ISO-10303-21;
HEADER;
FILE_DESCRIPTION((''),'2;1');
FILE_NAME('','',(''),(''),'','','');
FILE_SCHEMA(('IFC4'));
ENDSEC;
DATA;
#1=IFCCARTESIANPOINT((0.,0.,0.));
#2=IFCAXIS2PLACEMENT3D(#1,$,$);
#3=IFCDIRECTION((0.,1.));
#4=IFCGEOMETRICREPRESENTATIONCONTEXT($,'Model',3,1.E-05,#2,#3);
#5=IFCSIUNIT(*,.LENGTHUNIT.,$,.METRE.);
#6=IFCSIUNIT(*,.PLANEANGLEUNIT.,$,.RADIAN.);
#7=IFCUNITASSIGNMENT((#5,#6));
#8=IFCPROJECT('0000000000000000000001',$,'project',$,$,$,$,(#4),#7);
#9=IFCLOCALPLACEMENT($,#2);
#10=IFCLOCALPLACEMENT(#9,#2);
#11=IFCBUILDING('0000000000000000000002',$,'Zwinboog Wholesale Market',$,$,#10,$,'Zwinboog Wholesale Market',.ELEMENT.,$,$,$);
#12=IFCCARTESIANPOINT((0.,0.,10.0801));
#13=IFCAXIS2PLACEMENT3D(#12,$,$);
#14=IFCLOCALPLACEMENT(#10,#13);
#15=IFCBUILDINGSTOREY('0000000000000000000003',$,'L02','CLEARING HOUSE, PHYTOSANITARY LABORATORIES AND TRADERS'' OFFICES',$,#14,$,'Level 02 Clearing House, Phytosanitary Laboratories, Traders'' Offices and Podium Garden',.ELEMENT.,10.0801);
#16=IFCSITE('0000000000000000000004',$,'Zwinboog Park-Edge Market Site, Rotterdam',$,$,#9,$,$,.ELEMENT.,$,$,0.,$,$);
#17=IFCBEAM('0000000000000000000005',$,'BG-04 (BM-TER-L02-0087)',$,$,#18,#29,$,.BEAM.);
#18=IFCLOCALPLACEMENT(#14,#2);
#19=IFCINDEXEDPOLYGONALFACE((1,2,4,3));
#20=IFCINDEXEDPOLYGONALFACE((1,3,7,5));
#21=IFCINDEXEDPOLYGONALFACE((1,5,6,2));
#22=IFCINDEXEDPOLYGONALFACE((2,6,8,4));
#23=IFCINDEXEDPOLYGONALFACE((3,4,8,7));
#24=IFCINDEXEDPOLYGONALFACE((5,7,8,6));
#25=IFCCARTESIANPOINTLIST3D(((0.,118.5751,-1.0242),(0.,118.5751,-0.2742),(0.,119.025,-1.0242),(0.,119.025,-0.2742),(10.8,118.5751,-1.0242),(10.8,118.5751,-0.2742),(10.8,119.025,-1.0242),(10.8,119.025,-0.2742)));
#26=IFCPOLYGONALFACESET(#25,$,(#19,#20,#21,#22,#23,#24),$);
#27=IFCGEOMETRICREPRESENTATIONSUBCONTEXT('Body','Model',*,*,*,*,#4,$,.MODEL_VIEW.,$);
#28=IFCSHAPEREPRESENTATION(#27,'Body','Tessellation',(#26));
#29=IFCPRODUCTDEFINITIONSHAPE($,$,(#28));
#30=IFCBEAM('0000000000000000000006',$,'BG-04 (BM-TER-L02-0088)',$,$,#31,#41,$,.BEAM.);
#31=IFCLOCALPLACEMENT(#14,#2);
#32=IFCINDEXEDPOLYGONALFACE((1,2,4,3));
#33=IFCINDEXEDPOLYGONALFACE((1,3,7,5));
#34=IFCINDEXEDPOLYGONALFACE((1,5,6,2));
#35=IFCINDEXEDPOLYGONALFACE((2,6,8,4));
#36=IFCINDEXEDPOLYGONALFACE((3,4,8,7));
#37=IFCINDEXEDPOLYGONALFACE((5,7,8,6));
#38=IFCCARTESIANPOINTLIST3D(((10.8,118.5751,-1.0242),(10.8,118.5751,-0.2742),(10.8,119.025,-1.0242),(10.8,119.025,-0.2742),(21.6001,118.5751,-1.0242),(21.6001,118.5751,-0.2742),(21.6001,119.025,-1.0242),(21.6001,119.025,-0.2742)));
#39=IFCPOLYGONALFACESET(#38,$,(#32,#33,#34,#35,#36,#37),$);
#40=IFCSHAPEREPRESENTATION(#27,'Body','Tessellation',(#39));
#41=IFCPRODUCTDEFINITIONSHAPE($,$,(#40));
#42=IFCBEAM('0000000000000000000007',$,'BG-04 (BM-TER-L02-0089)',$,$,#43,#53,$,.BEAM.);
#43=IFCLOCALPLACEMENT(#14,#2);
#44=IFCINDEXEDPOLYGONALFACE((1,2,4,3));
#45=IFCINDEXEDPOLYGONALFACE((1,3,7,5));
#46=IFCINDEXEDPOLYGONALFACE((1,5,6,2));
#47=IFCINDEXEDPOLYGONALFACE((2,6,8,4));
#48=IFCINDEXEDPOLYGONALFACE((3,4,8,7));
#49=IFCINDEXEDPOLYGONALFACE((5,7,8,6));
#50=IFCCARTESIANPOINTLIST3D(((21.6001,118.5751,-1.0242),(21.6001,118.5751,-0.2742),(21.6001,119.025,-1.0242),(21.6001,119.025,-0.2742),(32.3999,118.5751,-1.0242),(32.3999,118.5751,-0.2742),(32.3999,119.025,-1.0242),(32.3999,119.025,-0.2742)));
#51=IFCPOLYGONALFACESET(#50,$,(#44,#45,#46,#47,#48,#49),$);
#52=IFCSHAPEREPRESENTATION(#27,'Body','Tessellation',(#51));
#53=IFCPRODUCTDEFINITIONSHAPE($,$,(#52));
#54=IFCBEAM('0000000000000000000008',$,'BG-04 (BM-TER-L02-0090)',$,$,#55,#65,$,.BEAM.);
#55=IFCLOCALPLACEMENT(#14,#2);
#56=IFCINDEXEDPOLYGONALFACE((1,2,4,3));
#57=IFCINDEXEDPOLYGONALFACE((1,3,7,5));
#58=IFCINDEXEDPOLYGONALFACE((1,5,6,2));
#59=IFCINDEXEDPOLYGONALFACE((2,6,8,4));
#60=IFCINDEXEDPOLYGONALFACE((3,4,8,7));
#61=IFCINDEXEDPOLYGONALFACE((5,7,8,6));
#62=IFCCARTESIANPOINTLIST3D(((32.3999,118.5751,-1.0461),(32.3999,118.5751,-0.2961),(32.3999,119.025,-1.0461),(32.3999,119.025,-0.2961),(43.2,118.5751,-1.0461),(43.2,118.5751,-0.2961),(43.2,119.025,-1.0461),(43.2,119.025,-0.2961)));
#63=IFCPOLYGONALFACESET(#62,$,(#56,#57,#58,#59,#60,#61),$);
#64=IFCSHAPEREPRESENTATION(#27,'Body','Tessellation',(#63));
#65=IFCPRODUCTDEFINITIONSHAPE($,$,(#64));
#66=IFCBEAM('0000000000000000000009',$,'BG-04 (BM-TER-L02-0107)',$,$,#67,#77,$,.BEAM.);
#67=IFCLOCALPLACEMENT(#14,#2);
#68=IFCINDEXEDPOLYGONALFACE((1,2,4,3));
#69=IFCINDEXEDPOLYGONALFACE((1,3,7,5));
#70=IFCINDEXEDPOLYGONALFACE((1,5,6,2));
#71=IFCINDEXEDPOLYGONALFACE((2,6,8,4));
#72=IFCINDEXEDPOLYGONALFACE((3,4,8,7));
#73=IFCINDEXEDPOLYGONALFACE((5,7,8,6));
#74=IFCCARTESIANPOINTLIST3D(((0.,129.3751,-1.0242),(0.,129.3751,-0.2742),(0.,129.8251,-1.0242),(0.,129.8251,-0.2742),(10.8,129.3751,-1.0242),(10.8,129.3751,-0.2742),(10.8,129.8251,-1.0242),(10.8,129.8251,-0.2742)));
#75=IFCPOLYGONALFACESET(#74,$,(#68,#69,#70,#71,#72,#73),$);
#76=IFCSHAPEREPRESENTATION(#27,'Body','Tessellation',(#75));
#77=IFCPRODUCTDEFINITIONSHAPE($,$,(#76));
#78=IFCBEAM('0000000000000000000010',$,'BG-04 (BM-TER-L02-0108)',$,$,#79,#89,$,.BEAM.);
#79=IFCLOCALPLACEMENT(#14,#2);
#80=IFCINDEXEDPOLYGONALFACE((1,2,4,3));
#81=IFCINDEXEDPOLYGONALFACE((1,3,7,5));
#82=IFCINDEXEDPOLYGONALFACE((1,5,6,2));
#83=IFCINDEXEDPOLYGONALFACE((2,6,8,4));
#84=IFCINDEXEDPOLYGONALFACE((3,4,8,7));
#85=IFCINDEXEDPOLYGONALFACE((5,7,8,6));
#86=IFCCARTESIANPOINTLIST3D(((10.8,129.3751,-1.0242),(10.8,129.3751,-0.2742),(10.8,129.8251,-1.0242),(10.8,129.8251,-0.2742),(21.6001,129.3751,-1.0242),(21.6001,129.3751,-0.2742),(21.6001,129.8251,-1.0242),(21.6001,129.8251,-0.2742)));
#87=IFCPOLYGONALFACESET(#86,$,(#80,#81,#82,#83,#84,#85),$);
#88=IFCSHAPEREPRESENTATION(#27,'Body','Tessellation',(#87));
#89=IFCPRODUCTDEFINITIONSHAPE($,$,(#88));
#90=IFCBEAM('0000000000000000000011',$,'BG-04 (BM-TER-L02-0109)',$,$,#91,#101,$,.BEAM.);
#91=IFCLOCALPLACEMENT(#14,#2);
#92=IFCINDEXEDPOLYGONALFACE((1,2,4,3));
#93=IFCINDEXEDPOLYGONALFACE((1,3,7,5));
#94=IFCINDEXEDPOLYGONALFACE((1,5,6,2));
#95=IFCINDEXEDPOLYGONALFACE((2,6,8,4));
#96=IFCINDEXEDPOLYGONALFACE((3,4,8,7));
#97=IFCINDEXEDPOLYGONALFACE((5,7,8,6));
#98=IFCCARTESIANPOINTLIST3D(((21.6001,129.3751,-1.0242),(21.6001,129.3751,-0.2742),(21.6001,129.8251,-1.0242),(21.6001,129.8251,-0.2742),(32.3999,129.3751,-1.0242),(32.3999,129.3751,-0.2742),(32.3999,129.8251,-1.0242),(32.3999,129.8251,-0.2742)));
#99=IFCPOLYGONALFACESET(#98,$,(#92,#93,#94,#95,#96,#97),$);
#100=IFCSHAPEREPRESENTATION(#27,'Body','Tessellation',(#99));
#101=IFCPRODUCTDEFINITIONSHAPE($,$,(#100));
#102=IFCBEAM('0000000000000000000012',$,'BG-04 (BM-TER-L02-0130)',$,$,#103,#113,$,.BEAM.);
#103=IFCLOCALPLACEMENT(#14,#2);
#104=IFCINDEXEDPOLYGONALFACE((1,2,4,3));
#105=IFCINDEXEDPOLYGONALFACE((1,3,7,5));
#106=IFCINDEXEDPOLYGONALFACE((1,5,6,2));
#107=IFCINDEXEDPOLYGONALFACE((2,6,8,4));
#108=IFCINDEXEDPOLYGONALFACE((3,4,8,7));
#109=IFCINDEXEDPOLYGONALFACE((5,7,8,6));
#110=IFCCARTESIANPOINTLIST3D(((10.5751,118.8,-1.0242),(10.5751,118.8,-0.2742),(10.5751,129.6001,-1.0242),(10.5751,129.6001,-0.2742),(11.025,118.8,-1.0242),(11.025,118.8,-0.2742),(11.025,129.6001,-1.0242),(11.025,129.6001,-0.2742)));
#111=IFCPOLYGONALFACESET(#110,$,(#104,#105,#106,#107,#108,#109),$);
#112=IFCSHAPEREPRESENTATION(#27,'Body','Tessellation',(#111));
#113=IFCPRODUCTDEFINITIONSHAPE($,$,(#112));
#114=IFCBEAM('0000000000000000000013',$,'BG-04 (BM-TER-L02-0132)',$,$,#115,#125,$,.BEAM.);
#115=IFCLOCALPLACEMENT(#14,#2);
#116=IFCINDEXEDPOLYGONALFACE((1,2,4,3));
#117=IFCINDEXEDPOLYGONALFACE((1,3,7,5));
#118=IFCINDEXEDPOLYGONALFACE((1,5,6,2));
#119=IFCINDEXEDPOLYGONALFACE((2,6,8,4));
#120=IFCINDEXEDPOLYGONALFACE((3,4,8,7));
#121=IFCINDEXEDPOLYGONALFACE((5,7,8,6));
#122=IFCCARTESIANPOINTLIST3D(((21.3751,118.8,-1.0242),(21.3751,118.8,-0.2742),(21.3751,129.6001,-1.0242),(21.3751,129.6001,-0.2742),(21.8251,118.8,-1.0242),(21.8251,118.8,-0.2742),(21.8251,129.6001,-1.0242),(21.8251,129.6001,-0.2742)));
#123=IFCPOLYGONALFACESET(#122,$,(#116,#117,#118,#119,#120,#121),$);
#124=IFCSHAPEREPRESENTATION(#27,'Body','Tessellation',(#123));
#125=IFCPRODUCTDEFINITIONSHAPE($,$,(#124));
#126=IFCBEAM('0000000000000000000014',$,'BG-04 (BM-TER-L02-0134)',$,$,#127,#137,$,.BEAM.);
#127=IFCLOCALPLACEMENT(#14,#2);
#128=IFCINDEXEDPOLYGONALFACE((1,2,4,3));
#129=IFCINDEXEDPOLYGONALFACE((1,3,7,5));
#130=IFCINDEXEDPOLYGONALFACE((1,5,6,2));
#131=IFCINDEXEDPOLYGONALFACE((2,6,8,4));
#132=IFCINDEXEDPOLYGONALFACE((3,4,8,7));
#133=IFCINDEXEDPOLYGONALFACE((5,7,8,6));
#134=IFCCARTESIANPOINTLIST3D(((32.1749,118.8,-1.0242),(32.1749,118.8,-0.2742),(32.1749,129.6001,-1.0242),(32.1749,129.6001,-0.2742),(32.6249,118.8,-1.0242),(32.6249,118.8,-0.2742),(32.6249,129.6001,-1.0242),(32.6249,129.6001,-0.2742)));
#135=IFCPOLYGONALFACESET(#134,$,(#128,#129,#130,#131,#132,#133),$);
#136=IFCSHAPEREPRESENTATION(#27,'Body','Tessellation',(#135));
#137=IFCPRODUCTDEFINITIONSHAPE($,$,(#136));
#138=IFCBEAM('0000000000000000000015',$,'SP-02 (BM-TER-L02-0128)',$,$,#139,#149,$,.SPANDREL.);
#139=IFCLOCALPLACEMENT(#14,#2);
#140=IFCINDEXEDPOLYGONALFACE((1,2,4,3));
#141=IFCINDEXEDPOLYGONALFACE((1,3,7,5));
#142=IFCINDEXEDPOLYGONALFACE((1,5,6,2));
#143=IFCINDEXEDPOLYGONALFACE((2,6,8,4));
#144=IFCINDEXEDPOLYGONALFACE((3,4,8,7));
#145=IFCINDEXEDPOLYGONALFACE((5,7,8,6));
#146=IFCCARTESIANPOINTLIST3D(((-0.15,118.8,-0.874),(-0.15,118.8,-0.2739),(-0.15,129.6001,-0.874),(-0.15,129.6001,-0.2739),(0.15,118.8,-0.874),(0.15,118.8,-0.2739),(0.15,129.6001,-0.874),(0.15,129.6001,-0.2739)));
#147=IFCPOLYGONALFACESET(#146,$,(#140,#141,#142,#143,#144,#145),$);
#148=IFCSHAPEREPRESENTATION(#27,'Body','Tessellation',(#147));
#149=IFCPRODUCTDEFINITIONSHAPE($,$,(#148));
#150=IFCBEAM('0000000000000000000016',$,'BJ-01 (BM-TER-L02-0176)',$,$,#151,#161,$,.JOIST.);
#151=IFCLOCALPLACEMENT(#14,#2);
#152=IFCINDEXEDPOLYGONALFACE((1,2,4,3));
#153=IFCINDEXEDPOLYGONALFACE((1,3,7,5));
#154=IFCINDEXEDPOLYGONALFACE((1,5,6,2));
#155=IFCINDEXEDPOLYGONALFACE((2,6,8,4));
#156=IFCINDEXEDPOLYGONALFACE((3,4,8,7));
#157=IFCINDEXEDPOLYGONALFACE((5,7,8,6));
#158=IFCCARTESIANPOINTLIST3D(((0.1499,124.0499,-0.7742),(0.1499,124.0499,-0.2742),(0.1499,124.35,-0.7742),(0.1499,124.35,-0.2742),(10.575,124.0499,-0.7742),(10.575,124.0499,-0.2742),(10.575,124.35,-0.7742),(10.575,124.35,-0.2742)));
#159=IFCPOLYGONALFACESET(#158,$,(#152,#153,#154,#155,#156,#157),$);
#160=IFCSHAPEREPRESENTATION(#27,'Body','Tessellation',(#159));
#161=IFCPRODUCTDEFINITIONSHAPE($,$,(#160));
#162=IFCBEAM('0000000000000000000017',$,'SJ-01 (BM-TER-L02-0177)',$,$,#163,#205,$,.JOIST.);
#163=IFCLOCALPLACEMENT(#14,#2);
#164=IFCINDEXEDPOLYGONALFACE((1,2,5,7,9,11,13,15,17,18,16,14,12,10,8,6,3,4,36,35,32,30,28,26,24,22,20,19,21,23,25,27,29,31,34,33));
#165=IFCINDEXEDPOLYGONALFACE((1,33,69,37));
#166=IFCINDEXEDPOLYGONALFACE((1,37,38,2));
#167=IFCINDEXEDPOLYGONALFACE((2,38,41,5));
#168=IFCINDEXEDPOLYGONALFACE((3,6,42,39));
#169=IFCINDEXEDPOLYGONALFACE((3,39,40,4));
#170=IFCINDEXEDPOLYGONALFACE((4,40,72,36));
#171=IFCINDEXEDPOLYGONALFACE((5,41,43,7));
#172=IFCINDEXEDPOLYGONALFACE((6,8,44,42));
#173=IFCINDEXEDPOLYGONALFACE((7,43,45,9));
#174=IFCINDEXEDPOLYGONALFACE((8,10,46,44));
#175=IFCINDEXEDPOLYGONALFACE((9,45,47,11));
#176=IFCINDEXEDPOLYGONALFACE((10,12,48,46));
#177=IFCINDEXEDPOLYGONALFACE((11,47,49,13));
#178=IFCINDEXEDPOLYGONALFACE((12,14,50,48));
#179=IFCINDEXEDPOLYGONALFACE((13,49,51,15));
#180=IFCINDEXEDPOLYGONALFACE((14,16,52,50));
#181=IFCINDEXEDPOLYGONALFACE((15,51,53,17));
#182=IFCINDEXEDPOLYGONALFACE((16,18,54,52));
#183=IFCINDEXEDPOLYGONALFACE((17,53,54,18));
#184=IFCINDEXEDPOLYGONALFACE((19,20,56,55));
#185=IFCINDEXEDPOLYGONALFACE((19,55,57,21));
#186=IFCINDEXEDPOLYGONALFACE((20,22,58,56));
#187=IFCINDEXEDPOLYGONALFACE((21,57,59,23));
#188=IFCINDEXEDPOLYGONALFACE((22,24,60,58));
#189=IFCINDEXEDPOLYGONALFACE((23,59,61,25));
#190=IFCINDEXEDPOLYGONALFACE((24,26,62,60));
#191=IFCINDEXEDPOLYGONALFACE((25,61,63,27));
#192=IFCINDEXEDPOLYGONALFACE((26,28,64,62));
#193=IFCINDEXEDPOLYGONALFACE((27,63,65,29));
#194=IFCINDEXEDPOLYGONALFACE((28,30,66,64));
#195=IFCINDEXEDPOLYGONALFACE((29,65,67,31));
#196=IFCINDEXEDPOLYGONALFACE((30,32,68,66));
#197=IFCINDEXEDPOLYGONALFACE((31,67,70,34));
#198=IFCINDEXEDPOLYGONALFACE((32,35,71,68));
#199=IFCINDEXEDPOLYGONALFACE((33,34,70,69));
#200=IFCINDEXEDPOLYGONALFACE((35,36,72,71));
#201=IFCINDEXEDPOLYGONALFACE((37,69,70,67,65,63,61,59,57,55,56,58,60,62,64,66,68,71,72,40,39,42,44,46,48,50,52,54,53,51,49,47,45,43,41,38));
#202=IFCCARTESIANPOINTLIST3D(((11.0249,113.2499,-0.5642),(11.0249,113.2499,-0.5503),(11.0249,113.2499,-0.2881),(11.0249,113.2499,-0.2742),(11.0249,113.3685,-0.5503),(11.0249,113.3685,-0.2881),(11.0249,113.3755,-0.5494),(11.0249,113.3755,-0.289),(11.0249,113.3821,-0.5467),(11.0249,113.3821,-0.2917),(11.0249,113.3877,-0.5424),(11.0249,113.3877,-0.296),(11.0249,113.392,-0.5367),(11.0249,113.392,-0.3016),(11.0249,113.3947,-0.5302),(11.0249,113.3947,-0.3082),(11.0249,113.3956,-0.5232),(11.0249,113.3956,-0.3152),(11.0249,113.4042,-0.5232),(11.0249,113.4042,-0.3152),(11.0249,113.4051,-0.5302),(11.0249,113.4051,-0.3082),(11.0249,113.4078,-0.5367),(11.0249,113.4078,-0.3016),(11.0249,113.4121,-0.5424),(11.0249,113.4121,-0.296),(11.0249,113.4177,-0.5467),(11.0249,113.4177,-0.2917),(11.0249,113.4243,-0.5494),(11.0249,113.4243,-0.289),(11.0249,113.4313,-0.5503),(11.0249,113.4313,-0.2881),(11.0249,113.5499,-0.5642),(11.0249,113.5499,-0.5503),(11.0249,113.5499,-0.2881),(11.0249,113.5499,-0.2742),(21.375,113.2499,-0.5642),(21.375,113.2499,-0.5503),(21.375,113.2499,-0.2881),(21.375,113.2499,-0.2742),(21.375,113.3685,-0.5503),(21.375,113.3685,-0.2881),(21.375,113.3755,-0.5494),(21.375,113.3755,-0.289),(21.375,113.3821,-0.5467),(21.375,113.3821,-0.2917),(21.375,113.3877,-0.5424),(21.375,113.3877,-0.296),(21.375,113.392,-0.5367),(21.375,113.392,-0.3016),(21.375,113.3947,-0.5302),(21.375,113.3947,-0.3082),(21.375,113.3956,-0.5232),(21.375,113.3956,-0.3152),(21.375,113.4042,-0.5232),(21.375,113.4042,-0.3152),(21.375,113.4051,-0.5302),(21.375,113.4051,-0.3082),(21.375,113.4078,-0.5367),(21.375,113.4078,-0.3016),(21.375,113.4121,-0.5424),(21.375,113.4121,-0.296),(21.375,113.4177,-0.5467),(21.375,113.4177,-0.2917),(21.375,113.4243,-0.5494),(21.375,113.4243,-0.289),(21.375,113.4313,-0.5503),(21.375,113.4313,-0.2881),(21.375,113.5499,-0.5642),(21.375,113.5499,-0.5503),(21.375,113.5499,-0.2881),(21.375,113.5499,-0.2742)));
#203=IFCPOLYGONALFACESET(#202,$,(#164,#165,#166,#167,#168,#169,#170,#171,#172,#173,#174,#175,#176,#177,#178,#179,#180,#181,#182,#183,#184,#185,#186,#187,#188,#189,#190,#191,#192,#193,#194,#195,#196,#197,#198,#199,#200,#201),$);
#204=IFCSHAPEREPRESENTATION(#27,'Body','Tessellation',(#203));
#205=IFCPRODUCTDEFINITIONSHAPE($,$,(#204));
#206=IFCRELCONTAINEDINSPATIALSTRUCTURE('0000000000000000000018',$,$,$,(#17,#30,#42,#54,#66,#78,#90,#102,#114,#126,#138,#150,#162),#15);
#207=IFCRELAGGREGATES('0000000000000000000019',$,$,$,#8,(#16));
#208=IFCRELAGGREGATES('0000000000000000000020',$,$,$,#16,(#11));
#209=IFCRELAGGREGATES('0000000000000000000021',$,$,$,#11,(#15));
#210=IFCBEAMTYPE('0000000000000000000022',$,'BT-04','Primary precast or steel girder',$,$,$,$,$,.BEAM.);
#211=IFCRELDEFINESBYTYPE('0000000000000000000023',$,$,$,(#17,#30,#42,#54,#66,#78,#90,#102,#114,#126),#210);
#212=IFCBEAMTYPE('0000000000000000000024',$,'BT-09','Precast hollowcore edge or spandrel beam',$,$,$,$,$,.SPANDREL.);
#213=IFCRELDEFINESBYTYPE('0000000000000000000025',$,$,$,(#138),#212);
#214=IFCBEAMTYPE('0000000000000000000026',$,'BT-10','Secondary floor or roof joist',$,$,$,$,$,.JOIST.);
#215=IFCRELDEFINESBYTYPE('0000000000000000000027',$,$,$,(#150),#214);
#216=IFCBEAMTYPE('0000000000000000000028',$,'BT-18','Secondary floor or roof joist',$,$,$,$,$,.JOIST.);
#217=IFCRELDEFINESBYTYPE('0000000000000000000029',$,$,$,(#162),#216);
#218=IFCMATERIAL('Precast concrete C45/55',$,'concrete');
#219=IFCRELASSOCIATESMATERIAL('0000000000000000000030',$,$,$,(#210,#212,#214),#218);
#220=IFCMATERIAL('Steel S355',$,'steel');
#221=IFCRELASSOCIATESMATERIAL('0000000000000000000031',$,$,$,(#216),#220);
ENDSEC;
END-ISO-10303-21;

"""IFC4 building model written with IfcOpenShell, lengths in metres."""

from ifc_helpers import new_model, si_unit, direction, frame, origin, origin_2d, place, context, subcontext, project, spatial, rectangle, i_section, extrude, material, material_profile, profile_set, type_object, element, save


model = new_model("IFC4")

# Units and contexts
model_context = context("Model", 3, precision=1e-05, world=origin(), true_north=direction((0.0, 1.0)))
body_context = subcontext(model_context, "Body", "Model", "MODEL_VIEW")
ifc_project = project(units=[si_unit("LENGTHUNIT", "METRE"), si_unit("PLANEANGLEUNIT", "RADIAN")], contexts=[model_context])

# Site, building, storey
site_placement = place(None, origin())
site = spatial("IfcSite", under=ifc_project, at=site_placement, Name="Zwinboog Park-Edge Market Site, Rotterdam", CompositionType="ELEMENT", RefElevation=0.0)
building_placement = place(site_placement, origin())
building = spatial("IfcBuilding", under=site, at=building_placement, Name="Zwinboog Wholesale Market", LongName="Zwinboog Wholesale Market", CompositionType="ELEMENT")
storey_placement = place(building_placement, frame((0.0, 0.0, 10.0801)))
storey = spatial("IfcBuildingStorey", under=building, at=storey_placement, Name="L02", Description="CLEARING HOUSE, PHYTOSANITARY LABORATORIES AND TRADERS' OFFICES", LongName="Level 02 Clearing House, Phytosanitary Laboratories, Traders' Offices and Podium Garden", CompositionType="ELEMENT", Elevation=10.0801)

# Beams
ifc_material_1 = material(Name="Precast concrete C45/55", Category="concrete")
ifc_material_profile_1 = material_profile(ifc_material_1, rectangle(XDim=0.45, YDim=0.75, at=origin_2d()), Name="PC 450x750")
ifc_profile_set_1 = profile_set([ifc_material_profile_1], Name="Precast concrete C45/55")
beam_type_1 = type_object("IfcBeamType", Name="BT-04", Description="Primary precast or steel girder", PredefinedType="BEAM", material=ifc_profile_set_1)
for number, where, z_axis, x_axis, name in (
    (1, (0.0, 118.8, -0.6492), (1.0, 0.0, 0.0), (0.0, 1.0, 0.0), "BG-04 (BM-TER-L02-0087)"),
    (2, (10.8, 118.8, -0.6492), (1.0, 0.0, 0.0), (0.0, 1.0, 0.0), "BG-04 (BM-TER-L02-0088)"),
):
    element("IfcBeam", number, at=place(storey_placement, frame(where, z_axis=z_axis, x_axis=x_axis)), inside=storey, type_object=beam_type_1, Name=name, PredefinedType="BEAM", context=body_context, shape_type="SweptSolid", body=[
        extrude(rectangle(XDim=0.45, YDim=0.75, at=origin_2d()), origin(), (0.0, 0.0, 1.0), 10.8),
    ])
beam_1_placement = place(storey_placement, frame((21.6001, 118.8, -0.6492), z_axis=(1.0, 0.0, 0.0), x_axis=(0.0, 1.0, 0.0)))
element("IfcBeam", 3, at=beam_1_placement, inside=storey, type_object=beam_type_1, Name="BG-04 (BM-TER-L02-0089)", PredefinedType="BEAM", context=body_context, shape_type="SweptSolid", body=[
    extrude(rectangle(XDim=0.45, YDim=0.75, at=origin_2d()), origin(), (0.0, 0.0, 1.0), 10.7998),
])
for number, where, z_axis, x_axis, name in (
    (4, (32.3999, 118.8, -0.6711), (1.0, 0.0, 0.0), (0.0, 1.0, 0.0), "BG-04 (BM-TER-L02-0090)"),
    (5, (0.0, 129.6001, -0.6492), (1.0, 0.0, 0.0), (0.0, 1.0, 0.0), "BG-04 (BM-TER-L02-0107)"),
    (6, (10.8, 129.6001, -0.6492), (1.0, 0.0, 0.0), (0.0, 1.0, 0.0), "BG-04 (BM-TER-L02-0108)"),
):
    element("IfcBeam", number, at=place(storey_placement, frame(where, z_axis=z_axis, x_axis=x_axis)), inside=storey, type_object=beam_type_1, Name=name, PredefinedType="BEAM", context=body_context, shape_type="SweptSolid", body=[
        extrude(rectangle(XDim=0.45, YDim=0.75, at=origin_2d()), origin(), (0.0, 0.0, 1.0), 10.8),
    ])
beam_2_placement = place(storey_placement, frame((21.6001, 129.6001, -0.6492), z_axis=(1.0, 0.0, 0.0), x_axis=(0.0, 1.0, 0.0)))
element("IfcBeam", 7, at=beam_2_placement, inside=storey, type_object=beam_type_1, Name="BG-04 (BM-TER-L02-0109)", PredefinedType="BEAM", context=body_context, shape_type="SweptSolid", body=[
    extrude(rectangle(XDim=0.45, YDim=0.75, at=origin_2d()), origin(), (0.0, 0.0, 1.0), 10.7998),
])
for number, where, z_axis, x_axis, name in (
    (8, (10.8, 118.8, -0.6492), (0.0, 1.0, 0.0), (-1.0, 0.0, 0.0), "BG-04 (BM-TER-L02-0130)"),
    (9, (21.6001, 118.8, -0.6492), (0.0, 1.0, 0.0), (-1.0, 0.0, 0.0), "BG-04 (BM-TER-L02-0132)"),
    (10, (32.3999, 118.8, -0.6492), (0.0, 1.0, 0.0), (-1.0, 0.0, 0.0), "BG-04 (BM-TER-L02-0134)"),
):
    element("IfcBeam", number, at=place(storey_placement, frame(where, z_axis=z_axis, x_axis=x_axis)), inside=storey, type_object=beam_type_1, Name=name, PredefinedType="BEAM", context=body_context, shape_type="SweptSolid", body=[
        extrude(rectangle(XDim=0.45, YDim=0.75, at=origin_2d()), origin(), (0.0, 0.0, 1.0), 10.8),
    ])
ifc_material_profile_2 = material_profile(ifc_material_1, rectangle(XDim=0.3, YDim=0.6001, at=origin_2d()), Name="PC 300x600")
ifc_profile_set_2 = profile_set([ifc_material_profile_2], Name="Precast concrete C45/55")
beam_type_2 = type_object("IfcBeamType", Name="BT-09", Description="Precast hollowcore edge or spandrel beam", PredefinedType="SPANDREL", material=ifc_profile_set_2)
beam_3_placement = place(storey_placement, frame((0.0, 118.8, -0.574), z_axis=(0.0, 1.0, 0.0), x_axis=(-1.0, 0.0, 0.0)))
element("IfcBeam", 11, at=beam_3_placement, inside=storey, type_object=beam_type_2, Name="SP-02 (BM-TER-L02-0128)", PredefinedType="SPANDREL", context=body_context, shape_type="SweptSolid", body=[
    extrude(rectangle(XDim=0.3, YDim=0.6001, at=origin_2d()), origin(), (0.0, 0.0, 1.0), 10.8),
])
ifc_material_profile_3 = material_profile(ifc_material_1, rectangle(XDim=0.3, YDim=0.5, at=origin_2d()), Name="PC 300x500")
ifc_profile_set_3 = profile_set([ifc_material_profile_3], Name="Precast concrete C45/55")
beam_type_3 = type_object("IfcBeamType", Name="BT-10", Description="Secondary floor or roof joist", PredefinedType="JOIST", material=ifc_profile_set_3)
beam_4_placement = place(storey_placement, frame((0.1499, 124.2, -0.5242), z_axis=(1.0, 0.0, 0.0), x_axis=(0.0, 1.0, 0.0)))
element("IfcBeam", 12, at=beam_4_placement, inside=storey, type_object=beam_type_3, Name="BJ-01 (BM-TER-L02-0176)", PredefinedType="JOIST", context=body_context, shape_type="SweptSolid", body=[
    extrude(rectangle(XDim=0.3, YDim=0.5, at=origin_2d()), origin(), (0.0, 0.0, 1.0), 10.425),
])
ifc_material_2 = material(Name="Steel S355", Category="steel")
ifc_material_profile_4 = material_profile(ifc_material_2, i_section(OverallWidth=0.3, OverallDepth=0.29, WebThickness=0.0085, FlangeThickness=0.0139, FilletRadius=0.0271, at=origin_2d()), Name="HEA 300")
ifc_profile_set_4 = profile_set([ifc_material_profile_4], Name="Steel S355")
beam_type_4 = type_object("IfcBeamType", Name="BT-18", Description="Secondary floor or roof joist", PredefinedType="JOIST", material=ifc_profile_set_4)
beam_5_placement = place(storey_placement, frame((11.0249, 113.3999, -0.4192), z_axis=(1.0, 0.0, 0.0), x_axis=(0.0, 1.0, 0.0)))
element("IfcBeam", 13, at=beam_5_placement, inside=storey, type_object=beam_type_4, Name="SJ-01 (BM-TER-L02-0177)", PredefinedType="JOIST", context=body_context, shape_type="SweptSolid", body=[
    extrude(i_section(OverallWidth=0.3, OverallDepth=0.29, WebThickness=0.0085, FlangeThickness=0.0139, FilletRadius=0.0271, at=origin_2d()), origin(), (0.0, 0.0, 1.0), 10.3501),
])

save(model, "model.ifc")
